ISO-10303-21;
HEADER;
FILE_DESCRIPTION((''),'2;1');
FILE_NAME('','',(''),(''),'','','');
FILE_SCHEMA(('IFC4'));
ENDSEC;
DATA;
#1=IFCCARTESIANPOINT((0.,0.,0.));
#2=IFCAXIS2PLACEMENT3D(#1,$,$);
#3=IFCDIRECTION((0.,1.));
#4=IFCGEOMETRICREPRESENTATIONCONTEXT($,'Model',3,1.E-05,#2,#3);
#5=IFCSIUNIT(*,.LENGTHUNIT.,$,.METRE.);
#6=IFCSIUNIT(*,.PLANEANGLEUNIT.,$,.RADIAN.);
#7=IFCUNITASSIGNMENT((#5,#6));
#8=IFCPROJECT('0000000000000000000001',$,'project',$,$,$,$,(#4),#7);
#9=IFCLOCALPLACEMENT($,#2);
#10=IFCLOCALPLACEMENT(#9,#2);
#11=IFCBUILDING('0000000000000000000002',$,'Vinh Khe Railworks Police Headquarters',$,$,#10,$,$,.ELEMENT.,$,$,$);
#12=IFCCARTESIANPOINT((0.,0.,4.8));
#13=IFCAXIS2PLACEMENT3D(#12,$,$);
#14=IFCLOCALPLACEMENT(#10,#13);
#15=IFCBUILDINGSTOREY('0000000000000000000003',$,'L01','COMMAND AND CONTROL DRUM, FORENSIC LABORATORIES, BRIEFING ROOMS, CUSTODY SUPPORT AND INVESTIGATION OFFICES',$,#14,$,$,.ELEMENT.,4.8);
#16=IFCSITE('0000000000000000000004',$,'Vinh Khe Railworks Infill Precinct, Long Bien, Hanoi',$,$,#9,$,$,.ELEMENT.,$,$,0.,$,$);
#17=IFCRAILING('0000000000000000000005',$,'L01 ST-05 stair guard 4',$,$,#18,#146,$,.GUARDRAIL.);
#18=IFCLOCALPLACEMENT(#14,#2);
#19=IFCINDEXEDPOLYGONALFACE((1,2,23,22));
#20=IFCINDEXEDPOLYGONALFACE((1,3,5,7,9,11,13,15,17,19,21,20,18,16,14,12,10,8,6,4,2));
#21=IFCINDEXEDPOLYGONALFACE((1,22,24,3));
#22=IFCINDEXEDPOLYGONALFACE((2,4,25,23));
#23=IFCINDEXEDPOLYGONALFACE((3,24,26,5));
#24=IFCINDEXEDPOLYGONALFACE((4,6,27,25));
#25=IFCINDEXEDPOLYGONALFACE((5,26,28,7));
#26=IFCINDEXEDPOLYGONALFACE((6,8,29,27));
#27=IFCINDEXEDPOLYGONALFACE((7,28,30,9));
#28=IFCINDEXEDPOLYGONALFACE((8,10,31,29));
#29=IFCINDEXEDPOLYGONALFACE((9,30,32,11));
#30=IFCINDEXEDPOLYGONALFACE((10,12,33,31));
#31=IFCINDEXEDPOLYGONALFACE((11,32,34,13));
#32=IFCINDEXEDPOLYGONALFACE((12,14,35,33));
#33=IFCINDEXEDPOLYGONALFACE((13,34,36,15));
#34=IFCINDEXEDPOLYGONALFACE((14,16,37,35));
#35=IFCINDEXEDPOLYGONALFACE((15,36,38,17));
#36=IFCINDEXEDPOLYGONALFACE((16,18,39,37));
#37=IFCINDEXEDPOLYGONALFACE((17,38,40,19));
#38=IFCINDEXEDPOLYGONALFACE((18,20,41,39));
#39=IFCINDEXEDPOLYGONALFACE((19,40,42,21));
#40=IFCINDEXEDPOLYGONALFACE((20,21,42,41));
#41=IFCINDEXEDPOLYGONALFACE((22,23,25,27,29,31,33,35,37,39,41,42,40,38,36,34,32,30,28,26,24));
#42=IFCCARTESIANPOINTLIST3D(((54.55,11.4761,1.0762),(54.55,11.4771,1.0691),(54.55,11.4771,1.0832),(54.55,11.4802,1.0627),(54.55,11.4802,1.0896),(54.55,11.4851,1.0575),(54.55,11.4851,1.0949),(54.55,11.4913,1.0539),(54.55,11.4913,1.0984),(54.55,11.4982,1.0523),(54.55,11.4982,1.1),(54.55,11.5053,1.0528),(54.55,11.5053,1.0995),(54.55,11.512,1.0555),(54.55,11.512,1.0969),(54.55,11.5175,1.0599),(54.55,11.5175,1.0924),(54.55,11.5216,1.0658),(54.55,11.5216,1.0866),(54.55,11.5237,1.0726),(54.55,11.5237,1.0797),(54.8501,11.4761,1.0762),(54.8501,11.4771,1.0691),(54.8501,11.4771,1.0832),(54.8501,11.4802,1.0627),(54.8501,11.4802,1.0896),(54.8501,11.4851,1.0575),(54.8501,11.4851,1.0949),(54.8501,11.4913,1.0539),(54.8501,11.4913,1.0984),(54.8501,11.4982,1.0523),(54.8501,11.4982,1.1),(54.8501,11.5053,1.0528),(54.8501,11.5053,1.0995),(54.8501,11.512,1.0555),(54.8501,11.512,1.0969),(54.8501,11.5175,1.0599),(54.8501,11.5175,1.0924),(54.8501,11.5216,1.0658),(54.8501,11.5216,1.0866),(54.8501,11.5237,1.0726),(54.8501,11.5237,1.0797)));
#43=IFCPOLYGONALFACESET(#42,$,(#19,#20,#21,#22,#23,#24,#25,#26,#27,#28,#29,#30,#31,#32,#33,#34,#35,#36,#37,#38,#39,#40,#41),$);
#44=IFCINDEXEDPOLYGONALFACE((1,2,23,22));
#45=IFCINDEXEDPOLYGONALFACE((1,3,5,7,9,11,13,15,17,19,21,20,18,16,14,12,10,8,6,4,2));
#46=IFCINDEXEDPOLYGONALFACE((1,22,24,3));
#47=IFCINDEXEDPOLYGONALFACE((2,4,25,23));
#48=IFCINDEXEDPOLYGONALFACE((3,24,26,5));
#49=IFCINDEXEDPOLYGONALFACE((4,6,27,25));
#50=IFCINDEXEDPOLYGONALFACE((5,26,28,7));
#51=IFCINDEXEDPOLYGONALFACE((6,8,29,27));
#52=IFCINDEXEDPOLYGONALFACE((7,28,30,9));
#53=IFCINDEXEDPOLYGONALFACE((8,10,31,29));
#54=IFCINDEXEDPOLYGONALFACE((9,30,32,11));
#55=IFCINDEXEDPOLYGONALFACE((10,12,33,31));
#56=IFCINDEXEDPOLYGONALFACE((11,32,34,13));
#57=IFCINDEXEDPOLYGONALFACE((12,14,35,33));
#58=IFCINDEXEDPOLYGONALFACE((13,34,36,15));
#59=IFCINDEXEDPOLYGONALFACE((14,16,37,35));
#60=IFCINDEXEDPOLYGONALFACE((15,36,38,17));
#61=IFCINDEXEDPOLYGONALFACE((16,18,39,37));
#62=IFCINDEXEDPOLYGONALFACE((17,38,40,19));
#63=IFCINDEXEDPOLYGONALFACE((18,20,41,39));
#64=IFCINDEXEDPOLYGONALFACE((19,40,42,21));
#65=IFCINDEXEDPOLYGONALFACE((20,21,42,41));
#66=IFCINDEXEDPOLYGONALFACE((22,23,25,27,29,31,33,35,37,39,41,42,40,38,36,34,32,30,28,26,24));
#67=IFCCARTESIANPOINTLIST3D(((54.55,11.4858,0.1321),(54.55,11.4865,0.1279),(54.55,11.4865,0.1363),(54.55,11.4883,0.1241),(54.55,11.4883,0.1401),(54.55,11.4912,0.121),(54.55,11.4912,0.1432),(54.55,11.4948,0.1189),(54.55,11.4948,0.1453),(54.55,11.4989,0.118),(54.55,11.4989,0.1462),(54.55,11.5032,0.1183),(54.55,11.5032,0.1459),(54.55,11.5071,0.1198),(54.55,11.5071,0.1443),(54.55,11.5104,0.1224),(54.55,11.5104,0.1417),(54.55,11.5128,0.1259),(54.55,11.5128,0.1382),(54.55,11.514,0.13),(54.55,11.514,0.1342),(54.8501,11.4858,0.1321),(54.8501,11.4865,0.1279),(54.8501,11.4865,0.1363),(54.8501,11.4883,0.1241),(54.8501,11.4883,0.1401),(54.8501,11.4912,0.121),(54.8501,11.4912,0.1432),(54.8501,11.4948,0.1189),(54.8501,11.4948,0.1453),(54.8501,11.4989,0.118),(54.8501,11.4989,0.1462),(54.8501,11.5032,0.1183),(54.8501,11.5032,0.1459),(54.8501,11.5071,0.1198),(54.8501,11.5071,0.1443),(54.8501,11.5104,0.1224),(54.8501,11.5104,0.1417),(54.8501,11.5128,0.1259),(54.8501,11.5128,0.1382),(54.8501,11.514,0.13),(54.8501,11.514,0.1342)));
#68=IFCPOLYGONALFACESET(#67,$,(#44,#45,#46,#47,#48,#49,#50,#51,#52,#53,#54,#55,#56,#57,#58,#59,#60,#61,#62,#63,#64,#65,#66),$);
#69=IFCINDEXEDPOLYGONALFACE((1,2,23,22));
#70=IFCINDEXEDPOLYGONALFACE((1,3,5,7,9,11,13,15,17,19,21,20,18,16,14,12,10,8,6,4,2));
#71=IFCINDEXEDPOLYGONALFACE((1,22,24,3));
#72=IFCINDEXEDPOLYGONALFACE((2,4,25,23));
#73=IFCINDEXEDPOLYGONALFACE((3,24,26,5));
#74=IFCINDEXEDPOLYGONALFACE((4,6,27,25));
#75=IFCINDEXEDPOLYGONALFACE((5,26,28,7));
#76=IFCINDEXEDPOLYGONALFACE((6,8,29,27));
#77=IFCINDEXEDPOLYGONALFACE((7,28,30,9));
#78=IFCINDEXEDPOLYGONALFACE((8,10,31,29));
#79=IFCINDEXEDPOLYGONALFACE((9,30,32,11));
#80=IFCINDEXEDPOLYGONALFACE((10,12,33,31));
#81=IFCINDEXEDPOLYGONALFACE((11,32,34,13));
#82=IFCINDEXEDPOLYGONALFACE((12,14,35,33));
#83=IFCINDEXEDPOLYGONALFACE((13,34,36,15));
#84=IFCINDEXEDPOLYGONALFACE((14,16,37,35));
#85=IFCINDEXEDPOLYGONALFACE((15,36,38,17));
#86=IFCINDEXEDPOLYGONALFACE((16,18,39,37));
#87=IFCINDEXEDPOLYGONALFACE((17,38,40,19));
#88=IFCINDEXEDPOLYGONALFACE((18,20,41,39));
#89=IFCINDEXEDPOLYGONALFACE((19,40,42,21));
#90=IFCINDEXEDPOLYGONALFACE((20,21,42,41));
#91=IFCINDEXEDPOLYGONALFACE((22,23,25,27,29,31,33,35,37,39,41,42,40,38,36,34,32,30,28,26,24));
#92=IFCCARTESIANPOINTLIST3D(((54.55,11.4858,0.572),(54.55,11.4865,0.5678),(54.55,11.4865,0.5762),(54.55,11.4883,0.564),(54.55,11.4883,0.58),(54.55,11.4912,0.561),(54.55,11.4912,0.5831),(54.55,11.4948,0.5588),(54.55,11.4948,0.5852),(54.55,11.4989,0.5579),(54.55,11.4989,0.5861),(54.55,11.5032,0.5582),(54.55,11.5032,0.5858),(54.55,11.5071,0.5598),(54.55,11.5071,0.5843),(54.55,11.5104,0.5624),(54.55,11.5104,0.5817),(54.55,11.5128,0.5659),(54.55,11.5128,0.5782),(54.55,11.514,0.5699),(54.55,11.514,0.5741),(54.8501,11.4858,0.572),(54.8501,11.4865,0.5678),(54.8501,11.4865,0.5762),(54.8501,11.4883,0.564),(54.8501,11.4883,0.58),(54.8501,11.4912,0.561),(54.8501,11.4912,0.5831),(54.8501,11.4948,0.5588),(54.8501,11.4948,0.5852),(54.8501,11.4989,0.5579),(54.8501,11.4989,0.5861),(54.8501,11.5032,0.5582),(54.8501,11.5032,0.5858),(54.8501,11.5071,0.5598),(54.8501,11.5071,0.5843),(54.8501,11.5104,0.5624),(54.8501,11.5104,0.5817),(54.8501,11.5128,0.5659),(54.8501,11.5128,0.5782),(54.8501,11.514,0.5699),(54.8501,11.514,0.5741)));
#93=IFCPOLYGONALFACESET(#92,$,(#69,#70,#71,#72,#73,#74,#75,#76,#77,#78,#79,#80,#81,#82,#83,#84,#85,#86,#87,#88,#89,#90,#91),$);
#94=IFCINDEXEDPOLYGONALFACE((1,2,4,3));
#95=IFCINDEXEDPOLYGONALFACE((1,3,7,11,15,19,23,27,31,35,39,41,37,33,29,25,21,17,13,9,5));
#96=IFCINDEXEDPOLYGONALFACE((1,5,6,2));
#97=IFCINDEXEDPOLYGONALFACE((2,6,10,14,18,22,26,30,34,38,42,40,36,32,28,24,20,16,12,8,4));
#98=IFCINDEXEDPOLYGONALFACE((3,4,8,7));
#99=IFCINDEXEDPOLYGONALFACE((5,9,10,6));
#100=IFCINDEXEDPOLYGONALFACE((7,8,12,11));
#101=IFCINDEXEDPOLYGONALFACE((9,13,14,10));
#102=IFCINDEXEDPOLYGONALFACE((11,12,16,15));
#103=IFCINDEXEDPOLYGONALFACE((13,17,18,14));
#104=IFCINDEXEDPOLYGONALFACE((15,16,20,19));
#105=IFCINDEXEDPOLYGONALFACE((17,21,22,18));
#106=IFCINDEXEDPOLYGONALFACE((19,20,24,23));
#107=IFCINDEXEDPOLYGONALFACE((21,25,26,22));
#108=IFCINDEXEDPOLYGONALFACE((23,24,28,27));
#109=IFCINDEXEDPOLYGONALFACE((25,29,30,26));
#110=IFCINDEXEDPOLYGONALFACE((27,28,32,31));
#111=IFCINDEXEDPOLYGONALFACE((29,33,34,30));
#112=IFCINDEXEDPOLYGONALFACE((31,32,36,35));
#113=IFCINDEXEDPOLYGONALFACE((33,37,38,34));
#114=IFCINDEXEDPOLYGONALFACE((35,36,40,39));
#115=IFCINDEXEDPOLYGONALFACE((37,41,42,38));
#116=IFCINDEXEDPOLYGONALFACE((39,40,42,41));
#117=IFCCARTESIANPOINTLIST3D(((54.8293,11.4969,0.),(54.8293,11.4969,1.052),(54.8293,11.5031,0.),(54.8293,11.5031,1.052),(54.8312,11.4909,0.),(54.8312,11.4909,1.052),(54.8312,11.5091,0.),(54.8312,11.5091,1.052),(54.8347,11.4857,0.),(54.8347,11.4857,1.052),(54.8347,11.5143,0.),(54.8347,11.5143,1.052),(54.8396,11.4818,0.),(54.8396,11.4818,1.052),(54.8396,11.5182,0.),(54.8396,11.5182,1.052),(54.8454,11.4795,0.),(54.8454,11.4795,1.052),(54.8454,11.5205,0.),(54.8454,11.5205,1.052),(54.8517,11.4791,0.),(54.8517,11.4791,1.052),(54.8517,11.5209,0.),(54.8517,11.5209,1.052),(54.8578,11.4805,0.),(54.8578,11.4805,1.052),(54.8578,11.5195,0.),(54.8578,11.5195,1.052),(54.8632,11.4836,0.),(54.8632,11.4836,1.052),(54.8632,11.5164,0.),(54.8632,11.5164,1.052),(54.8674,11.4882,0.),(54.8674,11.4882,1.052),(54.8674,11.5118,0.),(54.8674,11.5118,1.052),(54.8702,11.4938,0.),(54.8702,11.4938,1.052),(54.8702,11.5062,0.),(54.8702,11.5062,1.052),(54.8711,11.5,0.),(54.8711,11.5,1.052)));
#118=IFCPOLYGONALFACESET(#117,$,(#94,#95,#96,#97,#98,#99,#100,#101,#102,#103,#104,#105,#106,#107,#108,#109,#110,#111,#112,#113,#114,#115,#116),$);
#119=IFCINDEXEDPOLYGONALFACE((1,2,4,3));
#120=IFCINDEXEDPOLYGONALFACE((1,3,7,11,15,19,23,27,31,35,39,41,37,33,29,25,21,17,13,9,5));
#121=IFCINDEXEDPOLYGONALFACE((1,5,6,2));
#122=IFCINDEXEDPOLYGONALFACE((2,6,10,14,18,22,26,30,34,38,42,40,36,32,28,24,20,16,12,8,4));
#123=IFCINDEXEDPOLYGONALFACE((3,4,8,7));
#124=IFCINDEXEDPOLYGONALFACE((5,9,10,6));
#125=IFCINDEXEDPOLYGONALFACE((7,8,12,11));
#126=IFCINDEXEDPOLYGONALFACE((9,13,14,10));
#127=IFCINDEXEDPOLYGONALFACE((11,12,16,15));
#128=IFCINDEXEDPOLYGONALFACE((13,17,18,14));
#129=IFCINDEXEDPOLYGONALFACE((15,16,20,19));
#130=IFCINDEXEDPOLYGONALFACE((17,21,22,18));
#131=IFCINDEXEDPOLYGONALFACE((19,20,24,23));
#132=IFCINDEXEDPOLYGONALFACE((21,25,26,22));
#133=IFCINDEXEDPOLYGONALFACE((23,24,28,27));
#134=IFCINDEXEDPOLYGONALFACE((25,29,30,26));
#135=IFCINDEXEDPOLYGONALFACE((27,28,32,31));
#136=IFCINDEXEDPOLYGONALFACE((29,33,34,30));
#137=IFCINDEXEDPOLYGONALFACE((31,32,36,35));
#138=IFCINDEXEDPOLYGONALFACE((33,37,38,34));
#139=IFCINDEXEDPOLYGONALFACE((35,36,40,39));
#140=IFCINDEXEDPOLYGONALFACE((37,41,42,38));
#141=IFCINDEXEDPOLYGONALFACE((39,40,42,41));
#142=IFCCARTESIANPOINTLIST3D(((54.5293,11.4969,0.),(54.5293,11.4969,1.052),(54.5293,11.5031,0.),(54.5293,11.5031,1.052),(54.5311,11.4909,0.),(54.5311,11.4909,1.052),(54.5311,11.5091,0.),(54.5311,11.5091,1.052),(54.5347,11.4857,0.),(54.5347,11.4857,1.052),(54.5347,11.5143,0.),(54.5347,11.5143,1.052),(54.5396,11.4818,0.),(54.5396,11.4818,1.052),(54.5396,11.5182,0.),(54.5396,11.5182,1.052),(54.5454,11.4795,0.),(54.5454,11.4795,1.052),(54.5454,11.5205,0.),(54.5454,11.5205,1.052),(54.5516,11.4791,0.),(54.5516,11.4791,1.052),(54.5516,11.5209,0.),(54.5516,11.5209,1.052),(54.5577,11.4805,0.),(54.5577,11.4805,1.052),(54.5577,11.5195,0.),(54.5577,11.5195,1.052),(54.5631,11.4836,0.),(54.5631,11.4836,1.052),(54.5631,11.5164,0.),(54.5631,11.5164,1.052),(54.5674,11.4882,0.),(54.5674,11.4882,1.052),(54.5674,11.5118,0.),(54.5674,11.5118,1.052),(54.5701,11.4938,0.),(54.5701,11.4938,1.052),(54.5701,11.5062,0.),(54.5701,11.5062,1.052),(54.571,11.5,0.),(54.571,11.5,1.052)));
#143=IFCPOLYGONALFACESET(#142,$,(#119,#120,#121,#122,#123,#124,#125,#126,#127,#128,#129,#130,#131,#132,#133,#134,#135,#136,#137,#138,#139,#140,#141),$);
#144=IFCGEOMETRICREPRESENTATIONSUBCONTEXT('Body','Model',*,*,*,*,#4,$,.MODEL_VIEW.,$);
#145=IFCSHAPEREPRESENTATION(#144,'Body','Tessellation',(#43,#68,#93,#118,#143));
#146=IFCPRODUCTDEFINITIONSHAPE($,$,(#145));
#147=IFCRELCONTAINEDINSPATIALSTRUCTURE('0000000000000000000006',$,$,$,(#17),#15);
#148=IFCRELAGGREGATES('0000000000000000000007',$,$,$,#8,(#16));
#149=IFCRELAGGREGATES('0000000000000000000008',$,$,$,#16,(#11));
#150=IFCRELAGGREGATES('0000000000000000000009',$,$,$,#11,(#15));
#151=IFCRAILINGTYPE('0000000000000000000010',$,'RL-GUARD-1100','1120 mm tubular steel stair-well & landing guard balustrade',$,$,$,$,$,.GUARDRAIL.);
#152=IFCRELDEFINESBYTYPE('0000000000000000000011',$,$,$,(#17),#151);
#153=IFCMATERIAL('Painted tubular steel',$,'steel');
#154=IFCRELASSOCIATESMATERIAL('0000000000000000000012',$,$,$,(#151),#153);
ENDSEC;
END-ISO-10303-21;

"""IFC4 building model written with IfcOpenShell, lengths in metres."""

from ifc_helpers import new_model, si_unit, direction, frame, origin, origin_2d, place, context, subcontext, project, spatial, circle, extrude, material, type_object, element, save


model = new_model("IFC4")

# Units and contexts
model_context = context("Model", 3, precision=1e-05, world=origin(), true_north=direction((0.0, 1.0)))
body_context = subcontext(model_context, "Body", "Model", "MODEL_VIEW")
ifc_project = project(units=[si_unit("LENGTHUNIT", "METRE"), si_unit("PLANEANGLEUNIT", "RADIAN")], contexts=[model_context])

# Site, building, storey
site_placement = place(None, origin())
site = spatial("IfcSite", under=ifc_project, at=site_placement, Name="Vinh Khe Railworks Infill Precinct, Long Bien, Hanoi", CompositionType="ELEMENT", RefElevation=0.0)
building_placement = place(site_placement, origin())
building = spatial("IfcBuilding", under=site, at=building_placement, Name="Vinh Khe Railworks Police Headquarters", CompositionType="ELEMENT")
storey_placement = place(building_placement, frame((0.0, 0.0, 4.8)))
storey = spatial("IfcBuildingStorey", under=building, at=storey_placement, Name="L01", Description="COMMAND AND CONTROL DRUM, FORENSIC LABORATORIES, BRIEFING ROOMS, CUSTODY SUPPORT AND INVESTIGATION OFFICES", CompositionType="ELEMENT", Elevation=4.8)

# Railing
ifc_material_1 = material(Name="Painted tubular steel", Category="steel")
railing_type_1 = type_object("IfcRailingType", Name="RL-GUARD-1100", Description="1120 mm tubular steel stair-well & landing guard balustrade", PredefinedType="GUARDRAIL", material=ifc_material_1)
railing_1_placement = place(storey_placement, frame((54.8501, 11.5, 0.0)))
element("IfcRailing", 1, at=railing_1_placement, inside=storey, type_object=railing_type_1, Name="L01 ST-05 stair guard 4", PredefinedType="GUARDRAIL", context=body_context, shape_type="SweptSolid", body=[
    extrude(circle(Radius=0.0239, at=origin_2d()), frame((0.0, 0.0, 1.0762), z_axis=(-1.0, 0.0, 0.0), x_axis=(0.0, -1.0, 0.0)), (0.0, 0.0, 1.0), 0.3),
    extrude(circle(Radius=0.0142, at=origin_2d()), frame((0.0, 0.0, 0.1321), z_axis=(-1.0, 0.0, 0.0), x_axis=(0.0, -1.0, 0.0)), (0.0, 0.0, 1.0), 0.3),
    extrude(circle(Radius=0.0142, at=origin_2d()), frame((0.0, 0.0, 0.572), z_axis=(-1.0, 0.0, 0.0), x_axis=(0.0, -1.0, 0.0)), (0.0, 0.0, 1.0), 0.3),
    extrude(circle(Radius=0.021, at=origin_2d()), origin(), (0.0, 0.0, 1.0), 1.052),
    extrude(circle(Radius=0.021, at=origin_2d()), frame((-0.3, 0.0, 0.0)), (0.0, 0.0, 1.0), 1.052),
])

save(model, "model.ifc")
